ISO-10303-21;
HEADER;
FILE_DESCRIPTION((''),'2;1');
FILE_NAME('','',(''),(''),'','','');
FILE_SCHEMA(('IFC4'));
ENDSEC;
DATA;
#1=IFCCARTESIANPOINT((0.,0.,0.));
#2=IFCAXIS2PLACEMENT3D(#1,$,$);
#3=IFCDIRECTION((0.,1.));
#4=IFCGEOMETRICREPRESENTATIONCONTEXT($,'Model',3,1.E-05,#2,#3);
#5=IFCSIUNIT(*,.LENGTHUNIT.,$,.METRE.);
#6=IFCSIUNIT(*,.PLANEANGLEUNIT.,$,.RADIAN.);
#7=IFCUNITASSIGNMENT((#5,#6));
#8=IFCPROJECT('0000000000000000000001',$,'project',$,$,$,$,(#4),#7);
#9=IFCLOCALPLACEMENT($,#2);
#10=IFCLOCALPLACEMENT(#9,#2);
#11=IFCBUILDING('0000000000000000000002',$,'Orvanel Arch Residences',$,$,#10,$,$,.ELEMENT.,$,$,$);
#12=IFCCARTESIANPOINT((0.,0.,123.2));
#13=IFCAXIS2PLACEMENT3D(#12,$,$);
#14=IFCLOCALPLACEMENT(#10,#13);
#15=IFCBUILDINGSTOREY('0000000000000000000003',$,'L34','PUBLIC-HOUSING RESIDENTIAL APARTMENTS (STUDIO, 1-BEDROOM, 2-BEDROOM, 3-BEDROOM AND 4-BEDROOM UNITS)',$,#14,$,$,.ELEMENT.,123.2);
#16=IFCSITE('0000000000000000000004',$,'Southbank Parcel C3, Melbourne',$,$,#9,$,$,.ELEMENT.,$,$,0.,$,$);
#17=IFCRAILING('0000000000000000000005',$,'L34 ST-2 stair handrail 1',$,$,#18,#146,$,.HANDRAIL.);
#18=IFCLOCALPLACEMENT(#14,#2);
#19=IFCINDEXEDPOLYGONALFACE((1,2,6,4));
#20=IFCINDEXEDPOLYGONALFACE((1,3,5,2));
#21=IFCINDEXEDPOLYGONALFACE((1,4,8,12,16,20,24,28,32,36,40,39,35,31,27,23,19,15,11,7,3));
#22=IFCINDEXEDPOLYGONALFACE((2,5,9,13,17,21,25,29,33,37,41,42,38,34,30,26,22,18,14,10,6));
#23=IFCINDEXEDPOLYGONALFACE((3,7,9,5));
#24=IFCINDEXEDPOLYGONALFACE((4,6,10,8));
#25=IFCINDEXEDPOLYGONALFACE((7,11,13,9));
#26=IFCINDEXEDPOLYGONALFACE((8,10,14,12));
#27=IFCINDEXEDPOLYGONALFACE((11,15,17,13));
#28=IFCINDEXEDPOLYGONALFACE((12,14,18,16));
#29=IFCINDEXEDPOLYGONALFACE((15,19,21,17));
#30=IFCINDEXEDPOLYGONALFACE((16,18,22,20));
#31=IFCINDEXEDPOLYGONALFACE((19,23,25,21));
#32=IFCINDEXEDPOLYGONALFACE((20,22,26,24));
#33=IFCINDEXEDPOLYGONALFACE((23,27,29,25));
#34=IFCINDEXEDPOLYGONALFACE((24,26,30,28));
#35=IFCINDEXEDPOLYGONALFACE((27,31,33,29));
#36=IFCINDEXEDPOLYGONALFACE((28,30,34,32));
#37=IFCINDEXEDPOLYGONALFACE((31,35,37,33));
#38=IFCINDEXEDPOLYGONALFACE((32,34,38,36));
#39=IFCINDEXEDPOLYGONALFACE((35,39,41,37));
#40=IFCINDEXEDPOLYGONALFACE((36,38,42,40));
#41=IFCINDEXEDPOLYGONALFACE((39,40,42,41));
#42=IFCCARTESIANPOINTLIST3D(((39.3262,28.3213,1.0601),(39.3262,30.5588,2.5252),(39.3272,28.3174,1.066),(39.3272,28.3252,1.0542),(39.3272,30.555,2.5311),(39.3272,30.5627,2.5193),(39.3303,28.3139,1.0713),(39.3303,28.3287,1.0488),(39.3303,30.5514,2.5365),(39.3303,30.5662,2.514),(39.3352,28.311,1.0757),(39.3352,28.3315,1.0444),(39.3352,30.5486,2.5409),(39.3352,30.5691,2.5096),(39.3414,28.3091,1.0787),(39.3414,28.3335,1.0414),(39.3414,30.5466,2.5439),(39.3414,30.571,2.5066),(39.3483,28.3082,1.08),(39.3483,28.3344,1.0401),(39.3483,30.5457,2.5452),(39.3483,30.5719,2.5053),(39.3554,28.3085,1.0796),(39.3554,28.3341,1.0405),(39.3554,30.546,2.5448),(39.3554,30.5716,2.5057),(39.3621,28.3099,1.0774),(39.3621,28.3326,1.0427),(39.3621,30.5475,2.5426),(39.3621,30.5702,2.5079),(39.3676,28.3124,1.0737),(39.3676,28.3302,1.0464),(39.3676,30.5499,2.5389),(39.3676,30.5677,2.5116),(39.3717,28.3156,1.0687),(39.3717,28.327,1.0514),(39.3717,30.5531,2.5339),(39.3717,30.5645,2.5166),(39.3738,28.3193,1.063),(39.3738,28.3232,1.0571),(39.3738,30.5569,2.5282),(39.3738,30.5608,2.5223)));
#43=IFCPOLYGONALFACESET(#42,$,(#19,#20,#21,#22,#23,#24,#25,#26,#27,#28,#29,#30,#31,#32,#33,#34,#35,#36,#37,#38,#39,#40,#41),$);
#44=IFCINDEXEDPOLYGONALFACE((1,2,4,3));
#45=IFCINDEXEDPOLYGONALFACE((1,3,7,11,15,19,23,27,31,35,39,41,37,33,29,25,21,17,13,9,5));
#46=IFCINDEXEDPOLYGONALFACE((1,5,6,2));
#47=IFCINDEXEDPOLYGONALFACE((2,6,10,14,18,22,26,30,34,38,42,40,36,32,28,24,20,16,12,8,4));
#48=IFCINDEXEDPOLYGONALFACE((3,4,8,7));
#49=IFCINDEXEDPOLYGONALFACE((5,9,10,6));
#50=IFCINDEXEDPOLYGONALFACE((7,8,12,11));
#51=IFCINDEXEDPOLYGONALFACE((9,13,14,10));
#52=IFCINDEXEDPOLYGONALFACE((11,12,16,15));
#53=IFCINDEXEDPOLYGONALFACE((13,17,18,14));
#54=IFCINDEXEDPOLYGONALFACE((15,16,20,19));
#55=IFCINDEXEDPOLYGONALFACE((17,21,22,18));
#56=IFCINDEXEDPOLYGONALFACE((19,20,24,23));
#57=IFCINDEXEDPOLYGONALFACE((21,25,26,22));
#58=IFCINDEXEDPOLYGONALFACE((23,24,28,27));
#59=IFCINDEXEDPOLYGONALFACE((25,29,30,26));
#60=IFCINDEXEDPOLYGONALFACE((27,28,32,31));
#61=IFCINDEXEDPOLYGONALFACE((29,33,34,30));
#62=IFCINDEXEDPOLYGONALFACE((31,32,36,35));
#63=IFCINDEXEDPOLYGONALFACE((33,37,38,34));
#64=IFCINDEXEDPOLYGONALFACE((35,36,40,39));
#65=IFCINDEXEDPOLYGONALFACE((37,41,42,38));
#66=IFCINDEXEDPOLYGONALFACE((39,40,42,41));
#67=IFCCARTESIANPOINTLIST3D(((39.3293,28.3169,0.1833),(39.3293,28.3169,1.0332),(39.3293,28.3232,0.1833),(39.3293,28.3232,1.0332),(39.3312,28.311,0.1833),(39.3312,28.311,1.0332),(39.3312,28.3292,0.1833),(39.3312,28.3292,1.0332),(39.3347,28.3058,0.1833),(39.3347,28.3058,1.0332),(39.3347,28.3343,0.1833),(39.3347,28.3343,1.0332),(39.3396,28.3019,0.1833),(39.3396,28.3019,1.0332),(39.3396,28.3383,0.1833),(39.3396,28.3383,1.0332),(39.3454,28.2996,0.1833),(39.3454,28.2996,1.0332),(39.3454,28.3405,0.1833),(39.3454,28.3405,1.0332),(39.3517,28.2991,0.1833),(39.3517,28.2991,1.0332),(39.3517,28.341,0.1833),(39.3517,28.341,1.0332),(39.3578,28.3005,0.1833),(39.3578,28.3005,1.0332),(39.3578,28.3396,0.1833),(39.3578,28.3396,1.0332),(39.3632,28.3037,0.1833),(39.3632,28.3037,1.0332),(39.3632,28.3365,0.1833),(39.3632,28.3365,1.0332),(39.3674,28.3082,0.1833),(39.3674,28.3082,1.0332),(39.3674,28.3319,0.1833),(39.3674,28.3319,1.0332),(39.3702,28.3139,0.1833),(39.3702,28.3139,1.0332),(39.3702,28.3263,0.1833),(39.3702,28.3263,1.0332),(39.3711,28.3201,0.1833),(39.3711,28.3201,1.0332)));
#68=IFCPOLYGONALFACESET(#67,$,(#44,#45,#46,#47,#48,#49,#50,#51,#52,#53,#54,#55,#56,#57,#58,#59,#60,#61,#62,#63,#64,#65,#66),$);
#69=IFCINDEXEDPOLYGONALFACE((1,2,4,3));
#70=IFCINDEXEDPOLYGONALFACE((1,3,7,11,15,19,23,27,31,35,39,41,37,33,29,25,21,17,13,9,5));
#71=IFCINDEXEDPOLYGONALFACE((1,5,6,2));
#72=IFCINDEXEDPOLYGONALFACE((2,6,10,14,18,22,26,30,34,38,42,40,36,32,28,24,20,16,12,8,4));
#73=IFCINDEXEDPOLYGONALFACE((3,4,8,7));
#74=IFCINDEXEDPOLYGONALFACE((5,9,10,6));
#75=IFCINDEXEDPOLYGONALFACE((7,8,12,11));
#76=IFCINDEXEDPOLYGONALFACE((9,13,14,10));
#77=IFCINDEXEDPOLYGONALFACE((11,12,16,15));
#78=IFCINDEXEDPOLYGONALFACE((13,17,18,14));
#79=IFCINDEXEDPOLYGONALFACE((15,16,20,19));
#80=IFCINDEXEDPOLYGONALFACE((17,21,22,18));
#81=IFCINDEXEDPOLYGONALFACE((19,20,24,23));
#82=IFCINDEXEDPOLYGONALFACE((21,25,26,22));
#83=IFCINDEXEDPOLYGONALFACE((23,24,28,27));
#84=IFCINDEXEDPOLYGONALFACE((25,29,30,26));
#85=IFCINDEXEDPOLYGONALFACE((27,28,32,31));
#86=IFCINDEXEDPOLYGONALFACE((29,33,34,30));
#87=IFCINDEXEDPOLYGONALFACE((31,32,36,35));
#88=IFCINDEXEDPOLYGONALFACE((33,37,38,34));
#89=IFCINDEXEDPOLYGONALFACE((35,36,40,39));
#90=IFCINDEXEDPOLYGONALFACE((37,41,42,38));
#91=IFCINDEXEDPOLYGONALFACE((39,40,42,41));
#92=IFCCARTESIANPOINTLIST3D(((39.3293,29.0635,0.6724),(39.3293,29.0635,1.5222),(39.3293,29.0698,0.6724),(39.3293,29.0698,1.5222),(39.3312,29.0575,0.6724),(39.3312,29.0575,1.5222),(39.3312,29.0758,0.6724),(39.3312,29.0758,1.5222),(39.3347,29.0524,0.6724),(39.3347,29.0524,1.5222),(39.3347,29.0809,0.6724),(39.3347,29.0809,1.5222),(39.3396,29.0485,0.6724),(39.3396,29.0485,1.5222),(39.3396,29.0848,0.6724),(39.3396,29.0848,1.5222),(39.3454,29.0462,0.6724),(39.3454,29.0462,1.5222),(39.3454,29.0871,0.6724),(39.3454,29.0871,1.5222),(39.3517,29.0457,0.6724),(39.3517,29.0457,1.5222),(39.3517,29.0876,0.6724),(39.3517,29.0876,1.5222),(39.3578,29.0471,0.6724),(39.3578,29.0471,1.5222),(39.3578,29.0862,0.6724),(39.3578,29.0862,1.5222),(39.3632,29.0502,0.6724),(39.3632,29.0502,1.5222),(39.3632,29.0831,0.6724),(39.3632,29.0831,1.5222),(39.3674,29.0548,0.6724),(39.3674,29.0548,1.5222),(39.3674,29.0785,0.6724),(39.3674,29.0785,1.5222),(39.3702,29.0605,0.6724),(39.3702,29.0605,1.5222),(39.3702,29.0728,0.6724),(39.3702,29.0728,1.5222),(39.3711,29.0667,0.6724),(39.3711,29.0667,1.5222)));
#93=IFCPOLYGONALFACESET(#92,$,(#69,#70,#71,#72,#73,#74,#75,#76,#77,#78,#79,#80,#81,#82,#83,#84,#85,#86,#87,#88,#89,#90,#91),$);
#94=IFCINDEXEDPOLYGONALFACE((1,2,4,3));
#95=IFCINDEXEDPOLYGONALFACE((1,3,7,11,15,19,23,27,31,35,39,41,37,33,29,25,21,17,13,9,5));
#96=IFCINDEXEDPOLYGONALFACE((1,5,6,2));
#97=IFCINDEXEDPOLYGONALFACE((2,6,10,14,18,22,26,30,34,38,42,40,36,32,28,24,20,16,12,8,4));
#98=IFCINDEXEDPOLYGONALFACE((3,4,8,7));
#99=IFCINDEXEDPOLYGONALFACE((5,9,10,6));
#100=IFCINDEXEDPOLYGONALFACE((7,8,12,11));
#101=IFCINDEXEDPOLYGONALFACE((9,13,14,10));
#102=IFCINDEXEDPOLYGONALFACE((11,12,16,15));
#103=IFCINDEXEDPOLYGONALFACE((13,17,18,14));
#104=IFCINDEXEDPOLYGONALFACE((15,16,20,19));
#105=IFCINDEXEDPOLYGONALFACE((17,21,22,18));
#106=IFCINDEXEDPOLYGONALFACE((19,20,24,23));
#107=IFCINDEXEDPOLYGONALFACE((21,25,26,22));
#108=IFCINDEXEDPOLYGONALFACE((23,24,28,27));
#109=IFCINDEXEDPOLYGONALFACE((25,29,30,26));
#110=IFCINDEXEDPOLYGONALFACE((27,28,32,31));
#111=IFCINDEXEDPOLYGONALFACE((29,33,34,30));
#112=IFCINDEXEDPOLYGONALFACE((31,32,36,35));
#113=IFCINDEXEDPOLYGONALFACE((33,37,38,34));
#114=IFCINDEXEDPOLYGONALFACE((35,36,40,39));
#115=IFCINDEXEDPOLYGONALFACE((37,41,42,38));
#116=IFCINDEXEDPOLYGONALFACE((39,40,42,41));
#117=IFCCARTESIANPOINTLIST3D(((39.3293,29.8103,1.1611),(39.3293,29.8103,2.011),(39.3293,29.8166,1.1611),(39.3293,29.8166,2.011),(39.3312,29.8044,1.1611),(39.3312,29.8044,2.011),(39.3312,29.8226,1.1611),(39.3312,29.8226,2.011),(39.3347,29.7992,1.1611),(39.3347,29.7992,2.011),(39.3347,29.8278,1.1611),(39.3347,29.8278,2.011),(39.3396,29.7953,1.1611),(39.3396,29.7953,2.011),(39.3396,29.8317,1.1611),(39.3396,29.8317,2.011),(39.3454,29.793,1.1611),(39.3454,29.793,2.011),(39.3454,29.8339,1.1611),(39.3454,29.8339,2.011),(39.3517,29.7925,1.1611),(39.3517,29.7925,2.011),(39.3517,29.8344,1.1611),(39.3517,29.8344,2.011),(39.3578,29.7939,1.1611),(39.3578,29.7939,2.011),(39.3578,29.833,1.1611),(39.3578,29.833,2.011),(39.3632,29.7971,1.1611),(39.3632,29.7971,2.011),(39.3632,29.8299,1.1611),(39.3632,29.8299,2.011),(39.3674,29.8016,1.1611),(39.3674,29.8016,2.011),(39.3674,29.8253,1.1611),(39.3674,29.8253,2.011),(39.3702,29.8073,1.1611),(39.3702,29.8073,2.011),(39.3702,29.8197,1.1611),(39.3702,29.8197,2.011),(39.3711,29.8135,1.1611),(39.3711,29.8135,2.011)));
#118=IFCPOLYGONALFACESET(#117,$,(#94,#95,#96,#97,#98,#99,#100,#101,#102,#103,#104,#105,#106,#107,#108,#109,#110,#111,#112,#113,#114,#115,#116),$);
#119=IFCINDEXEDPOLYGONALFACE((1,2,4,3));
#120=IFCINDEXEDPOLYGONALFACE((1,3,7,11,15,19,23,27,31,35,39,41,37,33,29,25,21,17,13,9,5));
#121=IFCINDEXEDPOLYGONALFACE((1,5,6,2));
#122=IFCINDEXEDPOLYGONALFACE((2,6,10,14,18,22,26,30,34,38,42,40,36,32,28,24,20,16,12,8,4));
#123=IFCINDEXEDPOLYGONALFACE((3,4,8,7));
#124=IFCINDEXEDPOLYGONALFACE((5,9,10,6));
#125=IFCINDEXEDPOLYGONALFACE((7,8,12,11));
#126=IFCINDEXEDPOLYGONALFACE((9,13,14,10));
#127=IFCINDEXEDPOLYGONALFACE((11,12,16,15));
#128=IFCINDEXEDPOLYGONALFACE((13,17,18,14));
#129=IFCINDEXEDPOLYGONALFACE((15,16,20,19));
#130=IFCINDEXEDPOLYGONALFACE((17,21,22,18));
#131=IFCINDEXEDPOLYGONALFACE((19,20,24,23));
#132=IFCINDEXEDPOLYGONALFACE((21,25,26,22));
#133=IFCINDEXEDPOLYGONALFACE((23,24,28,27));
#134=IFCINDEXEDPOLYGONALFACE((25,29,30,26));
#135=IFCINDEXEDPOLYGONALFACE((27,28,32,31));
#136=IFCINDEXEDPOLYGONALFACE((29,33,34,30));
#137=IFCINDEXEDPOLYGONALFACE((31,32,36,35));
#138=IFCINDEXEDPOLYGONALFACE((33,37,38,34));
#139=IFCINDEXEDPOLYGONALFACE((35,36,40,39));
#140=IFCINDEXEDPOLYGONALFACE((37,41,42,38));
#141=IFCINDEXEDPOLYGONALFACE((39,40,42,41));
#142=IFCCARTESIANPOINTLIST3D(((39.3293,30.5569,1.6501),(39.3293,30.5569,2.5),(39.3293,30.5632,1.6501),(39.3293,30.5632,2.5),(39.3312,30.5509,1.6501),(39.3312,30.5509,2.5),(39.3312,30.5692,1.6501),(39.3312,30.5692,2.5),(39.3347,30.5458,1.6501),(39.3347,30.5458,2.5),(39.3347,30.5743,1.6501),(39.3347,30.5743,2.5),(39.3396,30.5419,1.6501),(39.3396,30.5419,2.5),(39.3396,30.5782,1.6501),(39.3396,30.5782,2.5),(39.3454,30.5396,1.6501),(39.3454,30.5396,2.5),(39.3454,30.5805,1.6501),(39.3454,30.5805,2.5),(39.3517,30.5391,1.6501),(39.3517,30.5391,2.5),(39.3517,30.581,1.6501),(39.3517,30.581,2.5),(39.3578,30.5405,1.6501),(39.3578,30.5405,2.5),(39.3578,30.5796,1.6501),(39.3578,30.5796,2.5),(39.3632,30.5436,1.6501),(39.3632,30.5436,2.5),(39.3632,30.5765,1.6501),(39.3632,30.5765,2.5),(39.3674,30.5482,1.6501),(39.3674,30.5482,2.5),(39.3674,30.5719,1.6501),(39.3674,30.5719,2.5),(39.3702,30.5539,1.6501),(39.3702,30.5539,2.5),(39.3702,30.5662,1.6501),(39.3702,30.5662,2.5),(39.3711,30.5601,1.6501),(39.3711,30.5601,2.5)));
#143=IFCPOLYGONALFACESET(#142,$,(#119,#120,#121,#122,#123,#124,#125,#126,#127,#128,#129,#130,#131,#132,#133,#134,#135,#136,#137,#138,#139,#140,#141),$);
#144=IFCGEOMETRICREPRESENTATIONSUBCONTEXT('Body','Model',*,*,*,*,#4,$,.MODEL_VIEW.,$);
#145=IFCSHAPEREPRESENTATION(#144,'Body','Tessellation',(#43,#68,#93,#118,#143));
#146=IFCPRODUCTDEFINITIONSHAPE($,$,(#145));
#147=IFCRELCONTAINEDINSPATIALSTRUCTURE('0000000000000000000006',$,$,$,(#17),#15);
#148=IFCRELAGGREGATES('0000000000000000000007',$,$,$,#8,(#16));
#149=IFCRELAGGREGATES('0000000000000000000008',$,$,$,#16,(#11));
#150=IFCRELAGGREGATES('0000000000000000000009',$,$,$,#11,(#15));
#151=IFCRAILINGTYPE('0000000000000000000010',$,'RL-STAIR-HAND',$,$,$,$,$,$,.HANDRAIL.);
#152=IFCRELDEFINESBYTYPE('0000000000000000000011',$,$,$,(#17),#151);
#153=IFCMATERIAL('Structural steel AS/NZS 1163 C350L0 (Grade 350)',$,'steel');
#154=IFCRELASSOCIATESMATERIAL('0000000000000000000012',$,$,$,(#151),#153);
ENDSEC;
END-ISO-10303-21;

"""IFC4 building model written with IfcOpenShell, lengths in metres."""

from ifc_helpers import new_model, si_unit, direction, frame, origin, origin_2d, place, context, subcontext, project, spatial, circle, extrude, material, type_object, element, save


model = new_model("IFC4")

# Units and contexts
model_context = context("Model", 3, precision=1e-05, world=origin(), true_north=direction((0.0, 1.0)))
body_context = subcontext(model_context, "Body", "Model", "MODEL_VIEW")
ifc_project = project(units=[si_unit("LENGTHUNIT", "METRE"), si_unit("PLANEANGLEUNIT", "RADIAN")], contexts=[model_context])

# Site, building, storey
site_placement = place(None, origin())
site = spatial("IfcSite", under=ifc_project, at=site_placement, Name="Southbank Parcel C3, Melbourne", CompositionType="ELEMENT", RefElevation=0.0)
building_placement = place(site_placement, origin())
building = spatial("IfcBuilding", under=site, at=building_placement, Name="Orvanel Arch Residences", CompositionType="ELEMENT")
storey_placement = place(building_placement, frame((0.0, 0.0, 123.2)))
storey = spatial("IfcBuildingStorey", under=building, at=storey_placement, Name="L34", Description="PUBLIC-HOUSING RESIDENTIAL APARTMENTS (STUDIO, 1-BEDROOM, 2-BEDROOM, 3-BEDROOM AND 4-BEDROOM UNITS)", CompositionType="ELEMENT", Elevation=123.2)

# Railing
ifc_material_1 = material(Name="Structural steel AS/NZS 1163 C350L0 (Grade 350)", Category="steel")
railing_type_1 = type_object("IfcRailingType", Name="RL-STAIR-HAND", PredefinedType="HANDRAIL", material=ifc_material_1)
railing_1_placement = place(storey_placement, frame((39.3501, 28.3201, 0.1833)))
element("IfcRailing", 1, at=railing_1_placement, inside=storey, type_object=railing_type_1, Name="L34 ST-2 stair handrail 1", PredefinedType="HANDRAIL", context=body_context, shape_type="SweptSolid", body=[
    extrude(circle(Radius=0.0239, at=origin_2d()), frame((0.0, 0.0012, 0.8767), z_axis=(0.0, 0.836595, 0.547822), x_axis=(-1.0, 0.0, 0.0)), (0.0, 0.0, 1.0), 2.6746),
    extrude(circle(Radius=0.021, at=origin_2d()), origin(), (0.0, 0.0, 1.0), 0.8499),
    extrude(circle(Radius=0.021, at=origin_2d()), frame((0.0, 0.7466, 0.489)), (0.0, 0.0, 1.0), 0.8499),
    extrude(circle(Radius=0.021, at=origin_2d()), frame((0.0, 1.4934, 0.9778)), (0.0, 0.0, 1.0), 0.8499),
    extrude(circle(Radius=0.021, at=origin_2d()), frame((0.0, 2.24, 1.4668)), (0.0, 0.0, 1.0), 0.8499),
])

save(model, "model.ifc")
